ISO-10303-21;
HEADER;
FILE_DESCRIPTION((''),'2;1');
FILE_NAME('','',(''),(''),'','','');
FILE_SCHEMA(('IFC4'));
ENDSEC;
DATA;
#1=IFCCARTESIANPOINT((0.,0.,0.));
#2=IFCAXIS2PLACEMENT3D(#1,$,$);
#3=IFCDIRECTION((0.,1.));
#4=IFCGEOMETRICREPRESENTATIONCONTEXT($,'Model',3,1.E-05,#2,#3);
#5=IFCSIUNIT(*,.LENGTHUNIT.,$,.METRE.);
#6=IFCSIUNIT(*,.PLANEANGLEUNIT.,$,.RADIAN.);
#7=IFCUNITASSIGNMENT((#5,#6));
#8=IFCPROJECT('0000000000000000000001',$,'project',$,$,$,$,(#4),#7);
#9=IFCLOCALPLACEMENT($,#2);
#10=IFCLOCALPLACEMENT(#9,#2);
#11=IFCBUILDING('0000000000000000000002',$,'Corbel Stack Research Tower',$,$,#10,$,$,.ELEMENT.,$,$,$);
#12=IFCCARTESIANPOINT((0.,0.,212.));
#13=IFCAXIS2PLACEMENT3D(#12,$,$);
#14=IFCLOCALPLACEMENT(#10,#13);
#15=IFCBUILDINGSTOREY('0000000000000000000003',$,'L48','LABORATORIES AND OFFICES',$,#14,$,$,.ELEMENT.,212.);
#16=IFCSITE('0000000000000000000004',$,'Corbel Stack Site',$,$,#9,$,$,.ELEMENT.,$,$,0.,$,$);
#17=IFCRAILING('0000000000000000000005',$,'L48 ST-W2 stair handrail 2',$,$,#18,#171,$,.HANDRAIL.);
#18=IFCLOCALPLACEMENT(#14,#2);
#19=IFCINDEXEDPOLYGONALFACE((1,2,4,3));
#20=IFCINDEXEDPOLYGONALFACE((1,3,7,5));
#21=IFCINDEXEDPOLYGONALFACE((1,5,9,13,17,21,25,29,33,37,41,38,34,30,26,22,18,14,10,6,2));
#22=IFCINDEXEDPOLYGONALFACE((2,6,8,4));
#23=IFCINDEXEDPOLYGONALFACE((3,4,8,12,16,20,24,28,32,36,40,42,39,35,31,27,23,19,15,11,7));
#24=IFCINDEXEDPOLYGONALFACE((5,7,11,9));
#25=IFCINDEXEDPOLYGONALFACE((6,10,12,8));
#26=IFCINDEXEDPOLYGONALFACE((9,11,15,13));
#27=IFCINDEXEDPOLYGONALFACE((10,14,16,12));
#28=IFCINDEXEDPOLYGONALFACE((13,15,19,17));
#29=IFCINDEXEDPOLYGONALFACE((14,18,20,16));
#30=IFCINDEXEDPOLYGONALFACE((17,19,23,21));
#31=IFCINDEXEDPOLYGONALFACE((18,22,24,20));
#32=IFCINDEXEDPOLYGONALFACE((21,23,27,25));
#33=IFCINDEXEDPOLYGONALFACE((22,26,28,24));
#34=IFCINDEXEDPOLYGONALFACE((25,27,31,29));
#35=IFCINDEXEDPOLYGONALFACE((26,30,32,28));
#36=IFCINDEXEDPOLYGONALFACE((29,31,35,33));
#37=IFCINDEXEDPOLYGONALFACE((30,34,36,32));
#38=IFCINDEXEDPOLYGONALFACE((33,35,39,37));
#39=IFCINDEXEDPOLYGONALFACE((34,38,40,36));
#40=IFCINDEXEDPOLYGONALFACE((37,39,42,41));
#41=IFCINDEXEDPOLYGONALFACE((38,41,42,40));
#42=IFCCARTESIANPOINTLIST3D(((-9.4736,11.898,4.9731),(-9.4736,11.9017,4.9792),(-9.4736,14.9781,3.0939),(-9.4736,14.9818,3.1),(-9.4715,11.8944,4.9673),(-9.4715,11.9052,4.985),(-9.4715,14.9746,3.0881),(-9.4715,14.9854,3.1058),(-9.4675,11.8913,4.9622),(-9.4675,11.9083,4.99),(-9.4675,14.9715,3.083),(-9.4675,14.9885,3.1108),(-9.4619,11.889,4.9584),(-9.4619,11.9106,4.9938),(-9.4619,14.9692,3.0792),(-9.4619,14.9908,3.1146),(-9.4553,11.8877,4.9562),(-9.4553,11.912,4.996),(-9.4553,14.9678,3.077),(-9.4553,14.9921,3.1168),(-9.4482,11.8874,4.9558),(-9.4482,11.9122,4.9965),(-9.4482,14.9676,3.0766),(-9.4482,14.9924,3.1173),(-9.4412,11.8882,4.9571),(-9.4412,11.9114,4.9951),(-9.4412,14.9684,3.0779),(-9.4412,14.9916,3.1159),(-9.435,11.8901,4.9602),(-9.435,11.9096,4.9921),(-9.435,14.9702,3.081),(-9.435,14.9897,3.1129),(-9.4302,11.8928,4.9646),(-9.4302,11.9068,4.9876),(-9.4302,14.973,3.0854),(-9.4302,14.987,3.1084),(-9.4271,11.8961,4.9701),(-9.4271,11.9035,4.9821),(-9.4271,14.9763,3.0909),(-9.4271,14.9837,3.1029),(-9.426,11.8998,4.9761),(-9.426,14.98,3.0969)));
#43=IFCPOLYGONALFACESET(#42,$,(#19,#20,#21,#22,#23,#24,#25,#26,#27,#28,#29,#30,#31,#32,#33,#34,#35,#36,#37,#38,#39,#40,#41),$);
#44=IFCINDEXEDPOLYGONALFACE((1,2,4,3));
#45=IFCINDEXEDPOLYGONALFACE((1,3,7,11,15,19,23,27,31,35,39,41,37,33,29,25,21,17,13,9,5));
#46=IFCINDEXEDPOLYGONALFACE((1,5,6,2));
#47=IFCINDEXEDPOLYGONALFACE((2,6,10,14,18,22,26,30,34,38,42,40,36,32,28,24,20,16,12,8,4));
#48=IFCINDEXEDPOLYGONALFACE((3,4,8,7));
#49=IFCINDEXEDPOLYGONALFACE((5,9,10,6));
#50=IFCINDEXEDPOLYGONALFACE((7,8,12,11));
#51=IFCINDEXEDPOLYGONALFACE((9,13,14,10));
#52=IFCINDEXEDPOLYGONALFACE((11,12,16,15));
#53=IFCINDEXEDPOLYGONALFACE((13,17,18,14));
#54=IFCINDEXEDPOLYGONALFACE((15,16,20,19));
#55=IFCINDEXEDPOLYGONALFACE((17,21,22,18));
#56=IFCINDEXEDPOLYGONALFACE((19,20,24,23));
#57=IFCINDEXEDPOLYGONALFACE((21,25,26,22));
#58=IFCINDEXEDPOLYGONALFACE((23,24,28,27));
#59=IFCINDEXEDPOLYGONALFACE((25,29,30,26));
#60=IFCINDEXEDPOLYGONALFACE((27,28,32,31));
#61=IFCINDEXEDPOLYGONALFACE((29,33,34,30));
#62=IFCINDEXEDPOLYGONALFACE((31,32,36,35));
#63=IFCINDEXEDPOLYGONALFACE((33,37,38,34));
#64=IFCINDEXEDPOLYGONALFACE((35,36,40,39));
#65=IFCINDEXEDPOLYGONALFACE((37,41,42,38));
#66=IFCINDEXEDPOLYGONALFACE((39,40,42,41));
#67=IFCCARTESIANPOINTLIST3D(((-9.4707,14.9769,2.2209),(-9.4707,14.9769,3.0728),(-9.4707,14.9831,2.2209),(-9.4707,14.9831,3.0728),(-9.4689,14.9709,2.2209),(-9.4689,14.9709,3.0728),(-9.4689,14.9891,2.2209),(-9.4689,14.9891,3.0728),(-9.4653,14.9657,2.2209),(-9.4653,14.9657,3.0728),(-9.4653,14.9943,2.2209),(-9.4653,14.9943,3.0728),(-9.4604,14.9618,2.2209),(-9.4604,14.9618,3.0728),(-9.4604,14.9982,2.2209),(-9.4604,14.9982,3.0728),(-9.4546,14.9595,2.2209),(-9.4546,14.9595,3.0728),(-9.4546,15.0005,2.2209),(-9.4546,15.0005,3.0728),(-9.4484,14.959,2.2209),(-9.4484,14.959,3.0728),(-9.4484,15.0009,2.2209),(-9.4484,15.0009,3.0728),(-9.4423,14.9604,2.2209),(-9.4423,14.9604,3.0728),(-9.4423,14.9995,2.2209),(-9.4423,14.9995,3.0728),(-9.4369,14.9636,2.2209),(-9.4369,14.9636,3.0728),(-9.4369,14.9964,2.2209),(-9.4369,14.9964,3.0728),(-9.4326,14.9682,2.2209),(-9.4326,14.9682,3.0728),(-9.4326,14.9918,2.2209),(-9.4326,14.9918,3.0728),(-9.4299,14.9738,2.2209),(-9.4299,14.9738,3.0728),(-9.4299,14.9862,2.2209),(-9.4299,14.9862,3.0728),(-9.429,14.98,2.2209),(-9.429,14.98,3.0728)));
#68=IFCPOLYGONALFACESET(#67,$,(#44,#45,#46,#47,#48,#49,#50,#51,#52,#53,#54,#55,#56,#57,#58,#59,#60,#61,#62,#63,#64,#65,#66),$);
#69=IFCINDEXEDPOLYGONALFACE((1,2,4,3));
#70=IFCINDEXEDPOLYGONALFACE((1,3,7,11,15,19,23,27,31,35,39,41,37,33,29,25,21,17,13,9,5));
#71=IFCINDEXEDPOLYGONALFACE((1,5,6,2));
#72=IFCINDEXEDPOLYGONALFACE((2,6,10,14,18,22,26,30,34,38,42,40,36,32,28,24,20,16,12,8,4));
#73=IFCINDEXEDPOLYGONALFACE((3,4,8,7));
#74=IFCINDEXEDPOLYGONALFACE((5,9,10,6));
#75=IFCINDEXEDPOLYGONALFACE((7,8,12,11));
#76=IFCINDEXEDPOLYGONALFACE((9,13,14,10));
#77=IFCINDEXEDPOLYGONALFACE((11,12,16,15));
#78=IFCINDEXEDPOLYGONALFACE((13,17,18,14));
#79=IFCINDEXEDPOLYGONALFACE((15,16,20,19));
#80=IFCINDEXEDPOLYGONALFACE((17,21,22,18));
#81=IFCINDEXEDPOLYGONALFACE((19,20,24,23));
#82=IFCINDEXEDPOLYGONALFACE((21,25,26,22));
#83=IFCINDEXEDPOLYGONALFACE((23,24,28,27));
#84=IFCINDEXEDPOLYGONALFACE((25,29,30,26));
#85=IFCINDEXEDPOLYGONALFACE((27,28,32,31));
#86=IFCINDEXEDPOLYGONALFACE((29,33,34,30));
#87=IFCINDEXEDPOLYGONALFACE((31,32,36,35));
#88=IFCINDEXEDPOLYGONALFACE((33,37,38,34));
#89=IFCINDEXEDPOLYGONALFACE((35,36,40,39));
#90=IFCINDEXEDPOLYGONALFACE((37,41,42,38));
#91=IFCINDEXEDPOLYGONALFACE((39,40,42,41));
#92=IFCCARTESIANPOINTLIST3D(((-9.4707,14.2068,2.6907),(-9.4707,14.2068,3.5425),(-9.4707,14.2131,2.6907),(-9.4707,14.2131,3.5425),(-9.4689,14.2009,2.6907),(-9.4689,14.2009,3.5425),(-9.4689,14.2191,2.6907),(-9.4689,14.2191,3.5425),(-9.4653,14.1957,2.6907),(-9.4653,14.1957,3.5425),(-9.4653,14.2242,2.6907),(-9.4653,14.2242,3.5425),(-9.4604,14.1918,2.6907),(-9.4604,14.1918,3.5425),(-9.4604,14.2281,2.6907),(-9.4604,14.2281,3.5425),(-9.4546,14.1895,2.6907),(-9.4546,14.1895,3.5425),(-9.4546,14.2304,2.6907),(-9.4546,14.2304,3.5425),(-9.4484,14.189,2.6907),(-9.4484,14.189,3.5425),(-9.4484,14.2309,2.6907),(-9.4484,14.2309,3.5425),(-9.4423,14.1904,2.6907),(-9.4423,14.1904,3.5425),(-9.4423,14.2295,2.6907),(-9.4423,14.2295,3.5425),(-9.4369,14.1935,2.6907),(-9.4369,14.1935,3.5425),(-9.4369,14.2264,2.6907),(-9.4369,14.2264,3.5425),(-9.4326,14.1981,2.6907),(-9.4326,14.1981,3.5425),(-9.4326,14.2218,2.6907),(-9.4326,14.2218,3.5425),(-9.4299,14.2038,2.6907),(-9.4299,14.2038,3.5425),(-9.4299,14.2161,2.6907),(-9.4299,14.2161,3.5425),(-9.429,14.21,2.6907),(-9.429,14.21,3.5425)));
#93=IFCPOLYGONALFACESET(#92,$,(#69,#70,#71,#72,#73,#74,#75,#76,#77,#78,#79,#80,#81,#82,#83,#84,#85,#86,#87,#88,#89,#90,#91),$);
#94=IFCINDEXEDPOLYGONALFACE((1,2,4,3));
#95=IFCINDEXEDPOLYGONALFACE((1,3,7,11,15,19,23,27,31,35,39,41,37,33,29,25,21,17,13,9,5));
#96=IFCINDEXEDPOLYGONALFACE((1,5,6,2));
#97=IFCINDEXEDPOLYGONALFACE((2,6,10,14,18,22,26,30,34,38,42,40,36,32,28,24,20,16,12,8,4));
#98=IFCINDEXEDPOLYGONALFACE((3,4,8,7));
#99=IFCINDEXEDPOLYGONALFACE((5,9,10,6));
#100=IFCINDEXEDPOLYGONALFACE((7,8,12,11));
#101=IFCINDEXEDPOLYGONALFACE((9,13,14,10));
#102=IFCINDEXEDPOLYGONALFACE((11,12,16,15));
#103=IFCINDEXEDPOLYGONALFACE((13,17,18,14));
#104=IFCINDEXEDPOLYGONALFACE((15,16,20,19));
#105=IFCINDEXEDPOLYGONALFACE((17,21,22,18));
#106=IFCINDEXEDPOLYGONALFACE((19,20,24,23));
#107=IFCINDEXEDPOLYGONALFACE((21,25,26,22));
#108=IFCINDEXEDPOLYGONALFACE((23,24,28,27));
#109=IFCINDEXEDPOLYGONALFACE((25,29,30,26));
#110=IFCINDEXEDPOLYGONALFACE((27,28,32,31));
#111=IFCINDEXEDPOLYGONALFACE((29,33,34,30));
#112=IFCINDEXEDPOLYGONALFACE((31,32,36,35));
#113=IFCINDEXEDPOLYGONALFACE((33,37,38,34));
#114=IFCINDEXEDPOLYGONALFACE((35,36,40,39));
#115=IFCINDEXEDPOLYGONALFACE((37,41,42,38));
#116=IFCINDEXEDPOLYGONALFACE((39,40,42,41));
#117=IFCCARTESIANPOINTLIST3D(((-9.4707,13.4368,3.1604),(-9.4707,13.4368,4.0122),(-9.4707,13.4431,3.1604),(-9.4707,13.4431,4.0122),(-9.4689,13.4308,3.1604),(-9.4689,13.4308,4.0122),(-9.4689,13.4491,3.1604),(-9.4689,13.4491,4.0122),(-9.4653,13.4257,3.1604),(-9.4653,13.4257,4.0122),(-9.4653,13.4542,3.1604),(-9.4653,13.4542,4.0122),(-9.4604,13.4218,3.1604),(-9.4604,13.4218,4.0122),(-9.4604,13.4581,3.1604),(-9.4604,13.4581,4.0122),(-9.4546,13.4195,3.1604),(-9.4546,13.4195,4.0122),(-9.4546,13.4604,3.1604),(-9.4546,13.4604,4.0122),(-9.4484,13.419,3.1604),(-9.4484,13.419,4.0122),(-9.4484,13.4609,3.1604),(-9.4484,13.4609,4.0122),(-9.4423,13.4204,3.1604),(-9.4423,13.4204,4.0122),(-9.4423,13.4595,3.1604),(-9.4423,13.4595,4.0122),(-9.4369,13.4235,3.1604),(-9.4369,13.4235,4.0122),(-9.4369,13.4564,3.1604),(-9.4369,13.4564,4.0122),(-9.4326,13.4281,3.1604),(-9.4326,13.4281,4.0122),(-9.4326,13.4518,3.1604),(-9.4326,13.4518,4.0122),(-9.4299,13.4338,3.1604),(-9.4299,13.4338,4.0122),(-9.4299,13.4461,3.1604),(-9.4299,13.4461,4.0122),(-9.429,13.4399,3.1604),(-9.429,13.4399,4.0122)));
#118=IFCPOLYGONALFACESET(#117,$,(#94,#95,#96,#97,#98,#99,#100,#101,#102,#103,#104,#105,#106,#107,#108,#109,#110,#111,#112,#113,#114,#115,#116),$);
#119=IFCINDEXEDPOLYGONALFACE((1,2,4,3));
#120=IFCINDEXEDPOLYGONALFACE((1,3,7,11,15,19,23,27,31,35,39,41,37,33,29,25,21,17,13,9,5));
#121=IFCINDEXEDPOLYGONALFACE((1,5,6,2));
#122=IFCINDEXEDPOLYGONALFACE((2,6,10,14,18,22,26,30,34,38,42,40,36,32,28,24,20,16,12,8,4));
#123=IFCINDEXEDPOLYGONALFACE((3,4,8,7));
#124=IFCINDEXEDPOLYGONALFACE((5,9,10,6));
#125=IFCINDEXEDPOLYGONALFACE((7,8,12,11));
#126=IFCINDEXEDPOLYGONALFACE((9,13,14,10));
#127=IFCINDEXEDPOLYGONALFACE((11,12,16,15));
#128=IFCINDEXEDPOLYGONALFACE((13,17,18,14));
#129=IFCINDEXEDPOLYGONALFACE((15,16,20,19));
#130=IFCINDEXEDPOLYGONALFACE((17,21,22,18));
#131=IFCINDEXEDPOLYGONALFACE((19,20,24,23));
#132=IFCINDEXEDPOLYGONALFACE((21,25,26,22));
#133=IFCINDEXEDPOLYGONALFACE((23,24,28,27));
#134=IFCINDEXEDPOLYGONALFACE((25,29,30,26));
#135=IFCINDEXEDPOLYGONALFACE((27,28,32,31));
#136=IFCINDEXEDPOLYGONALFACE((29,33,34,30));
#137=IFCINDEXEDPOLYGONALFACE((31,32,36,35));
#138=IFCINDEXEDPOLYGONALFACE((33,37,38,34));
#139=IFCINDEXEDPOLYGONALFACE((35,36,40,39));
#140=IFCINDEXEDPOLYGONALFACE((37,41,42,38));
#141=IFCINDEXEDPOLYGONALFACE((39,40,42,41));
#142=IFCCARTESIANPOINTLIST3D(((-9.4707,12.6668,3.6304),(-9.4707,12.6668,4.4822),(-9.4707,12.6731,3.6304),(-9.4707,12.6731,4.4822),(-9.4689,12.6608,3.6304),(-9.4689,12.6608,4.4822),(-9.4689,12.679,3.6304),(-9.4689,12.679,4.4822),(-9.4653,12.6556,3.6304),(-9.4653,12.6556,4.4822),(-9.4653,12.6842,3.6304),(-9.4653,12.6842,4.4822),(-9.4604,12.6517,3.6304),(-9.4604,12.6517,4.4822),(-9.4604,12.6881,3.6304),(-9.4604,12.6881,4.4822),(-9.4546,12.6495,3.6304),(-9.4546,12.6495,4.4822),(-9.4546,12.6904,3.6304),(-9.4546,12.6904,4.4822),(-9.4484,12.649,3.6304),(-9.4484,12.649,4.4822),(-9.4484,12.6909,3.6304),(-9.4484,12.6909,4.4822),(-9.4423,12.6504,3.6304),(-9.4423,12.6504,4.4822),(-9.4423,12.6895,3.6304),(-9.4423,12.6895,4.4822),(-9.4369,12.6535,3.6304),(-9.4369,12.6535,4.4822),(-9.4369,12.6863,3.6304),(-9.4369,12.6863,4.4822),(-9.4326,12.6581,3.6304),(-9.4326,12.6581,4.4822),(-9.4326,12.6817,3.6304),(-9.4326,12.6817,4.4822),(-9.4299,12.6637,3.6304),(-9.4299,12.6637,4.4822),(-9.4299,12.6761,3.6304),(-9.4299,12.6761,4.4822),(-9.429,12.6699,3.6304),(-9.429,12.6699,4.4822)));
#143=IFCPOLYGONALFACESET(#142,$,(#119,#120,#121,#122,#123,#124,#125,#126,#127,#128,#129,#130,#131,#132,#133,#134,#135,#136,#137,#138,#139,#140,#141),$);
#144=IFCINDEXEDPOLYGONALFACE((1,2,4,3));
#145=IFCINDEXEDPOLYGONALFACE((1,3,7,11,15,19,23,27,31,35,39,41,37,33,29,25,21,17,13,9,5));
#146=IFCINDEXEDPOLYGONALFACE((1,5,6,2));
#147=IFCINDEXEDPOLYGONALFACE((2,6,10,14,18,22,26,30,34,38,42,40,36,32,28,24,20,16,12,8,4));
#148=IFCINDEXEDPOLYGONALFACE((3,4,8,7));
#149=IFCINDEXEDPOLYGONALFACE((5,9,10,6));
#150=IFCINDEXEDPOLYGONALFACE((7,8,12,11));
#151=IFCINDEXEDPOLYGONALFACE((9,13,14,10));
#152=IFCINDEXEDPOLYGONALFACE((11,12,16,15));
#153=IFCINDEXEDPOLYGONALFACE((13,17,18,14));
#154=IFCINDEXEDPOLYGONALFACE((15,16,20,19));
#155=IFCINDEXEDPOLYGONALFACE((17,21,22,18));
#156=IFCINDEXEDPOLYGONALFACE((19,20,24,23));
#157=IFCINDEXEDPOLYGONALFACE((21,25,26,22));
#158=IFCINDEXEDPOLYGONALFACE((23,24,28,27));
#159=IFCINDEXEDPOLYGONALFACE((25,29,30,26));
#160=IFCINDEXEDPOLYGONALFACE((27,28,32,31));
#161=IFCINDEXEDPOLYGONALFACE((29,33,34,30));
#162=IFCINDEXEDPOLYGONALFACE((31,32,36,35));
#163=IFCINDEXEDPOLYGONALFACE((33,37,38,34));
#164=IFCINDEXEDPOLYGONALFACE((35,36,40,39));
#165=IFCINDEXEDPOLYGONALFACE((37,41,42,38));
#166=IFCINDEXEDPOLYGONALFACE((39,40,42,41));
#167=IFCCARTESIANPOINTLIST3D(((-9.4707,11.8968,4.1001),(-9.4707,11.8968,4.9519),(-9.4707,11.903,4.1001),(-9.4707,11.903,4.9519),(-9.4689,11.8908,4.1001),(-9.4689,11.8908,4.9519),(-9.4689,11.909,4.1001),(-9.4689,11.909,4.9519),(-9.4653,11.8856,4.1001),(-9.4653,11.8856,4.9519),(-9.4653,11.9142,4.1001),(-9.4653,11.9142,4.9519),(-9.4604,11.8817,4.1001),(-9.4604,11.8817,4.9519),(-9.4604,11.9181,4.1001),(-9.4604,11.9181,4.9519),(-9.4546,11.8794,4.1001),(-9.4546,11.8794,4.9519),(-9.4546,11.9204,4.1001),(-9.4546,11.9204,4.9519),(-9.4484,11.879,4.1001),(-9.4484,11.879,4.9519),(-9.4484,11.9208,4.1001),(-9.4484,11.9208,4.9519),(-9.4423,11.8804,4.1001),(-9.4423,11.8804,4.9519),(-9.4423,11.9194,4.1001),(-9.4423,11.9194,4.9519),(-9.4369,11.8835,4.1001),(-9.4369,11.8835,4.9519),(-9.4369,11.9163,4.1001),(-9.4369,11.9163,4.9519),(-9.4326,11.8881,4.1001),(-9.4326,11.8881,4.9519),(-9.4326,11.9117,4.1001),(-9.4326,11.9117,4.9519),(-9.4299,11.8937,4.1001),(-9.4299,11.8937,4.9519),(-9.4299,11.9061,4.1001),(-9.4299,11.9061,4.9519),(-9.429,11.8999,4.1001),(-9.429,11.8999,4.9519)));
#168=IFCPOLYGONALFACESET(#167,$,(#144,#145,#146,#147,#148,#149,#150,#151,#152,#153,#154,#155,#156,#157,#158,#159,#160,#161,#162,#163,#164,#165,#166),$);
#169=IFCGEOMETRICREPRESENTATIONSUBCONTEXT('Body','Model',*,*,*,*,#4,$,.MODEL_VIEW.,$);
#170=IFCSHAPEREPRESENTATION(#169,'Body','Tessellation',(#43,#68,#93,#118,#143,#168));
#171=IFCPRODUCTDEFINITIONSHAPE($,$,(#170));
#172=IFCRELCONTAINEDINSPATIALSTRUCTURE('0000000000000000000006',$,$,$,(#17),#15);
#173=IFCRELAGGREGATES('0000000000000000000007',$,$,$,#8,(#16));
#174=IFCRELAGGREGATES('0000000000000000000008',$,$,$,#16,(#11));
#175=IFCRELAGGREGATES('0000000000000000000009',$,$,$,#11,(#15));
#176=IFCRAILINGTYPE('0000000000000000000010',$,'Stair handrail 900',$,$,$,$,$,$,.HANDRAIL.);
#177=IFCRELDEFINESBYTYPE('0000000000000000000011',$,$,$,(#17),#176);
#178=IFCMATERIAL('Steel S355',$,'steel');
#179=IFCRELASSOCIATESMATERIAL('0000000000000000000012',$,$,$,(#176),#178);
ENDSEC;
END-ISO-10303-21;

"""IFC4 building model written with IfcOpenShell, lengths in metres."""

from ifc_helpers import new_model, si_unit, direction, frame, origin, origin_2d, place, context, subcontext, project, spatial, circle, extrude, material, type_object, element, save


model = new_model("IFC4")

# Units and contexts
model_context = context("Model", 3, precision=1e-05, world=origin(), true_north=direction((0.0, 1.0)))
body_context = subcontext(model_context, "Body", "Model", "MODEL_VIEW")
ifc_project = project(units=[si_unit("LENGTHUNIT", "METRE"), si_unit("PLANEANGLEUNIT", "RADIAN")], contexts=[model_context])

# Site, building, storey
site_placement = place(None, origin())
site = spatial("IfcSite", under=ifc_project, at=site_placement, Name="Corbel Stack Site", CompositionType="ELEMENT", RefElevation=0.0)
building_placement = place(site_placement, origin())
building = spatial("IfcBuilding", under=site, at=building_placement, Name="Corbel Stack Research Tower", CompositionType="ELEMENT")
storey_placement = place(building_placement, frame((0.0, 0.0, 212.0)))
storey = spatial("IfcBuildingStorey", under=building, at=storey_placement, Name="L48", Description="LABORATORIES AND OFFICES", CompositionType="ELEMENT", Elevation=212.0)

# Railing
ifc_material_1 = material(Name="Steel S355", Category="steel")
railing_type_1 = type_object("IfcRailingType", Name="Stair handrail 900", PredefinedType="HANDRAIL", material=ifc_material_1)
railing_1_placement = place(storey_placement, frame((-9.45, 14.98, 2.2209)))
element("IfcRailing", 1, at=railing_1_placement, inside=storey, type_object=railing_type_1, Name="L48 ST-W2 stair handrail 2", PredefinedType="HANDRAIL", context=body_context, shape_type="SweptSolid", body=[
    extrude(circle(Radius=0.0239, at=origin_2d()), frame((0.0, 0.0, 0.876), z_axis=(0.0, -0.853666, 0.52082), x_axis=(1.0, 0.0, 0.0)), (0.0, 0.0, 1.0), 3.6082),
    extrude(circle(Radius=0.021, at=origin_2d()), origin(), (0.0, 0.0, 1.0), 0.8518),
    extrude(circle(Radius=0.021, at=origin_2d()), frame((0.0, -0.77, 0.4697)), (0.0, 0.0, 1.0), 0.8518),
    extrude(circle(Radius=0.021, at=origin_2d()), frame((0.0, -1.54, 0.9395)), (0.0, 0.0, 1.0), 0.8518),
    extrude(circle(Radius=0.021, at=origin_2d()), frame((0.0, -2.3101, 1.4094)), (0.0, 0.0, 1.0), 0.8518),
    extrude(circle(Radius=0.021, at=origin_2d()), frame((0.0, -3.0801, 1.8792)), (0.0, 0.0, 1.0), 0.8518),
])

save(model, "model.ifc")
